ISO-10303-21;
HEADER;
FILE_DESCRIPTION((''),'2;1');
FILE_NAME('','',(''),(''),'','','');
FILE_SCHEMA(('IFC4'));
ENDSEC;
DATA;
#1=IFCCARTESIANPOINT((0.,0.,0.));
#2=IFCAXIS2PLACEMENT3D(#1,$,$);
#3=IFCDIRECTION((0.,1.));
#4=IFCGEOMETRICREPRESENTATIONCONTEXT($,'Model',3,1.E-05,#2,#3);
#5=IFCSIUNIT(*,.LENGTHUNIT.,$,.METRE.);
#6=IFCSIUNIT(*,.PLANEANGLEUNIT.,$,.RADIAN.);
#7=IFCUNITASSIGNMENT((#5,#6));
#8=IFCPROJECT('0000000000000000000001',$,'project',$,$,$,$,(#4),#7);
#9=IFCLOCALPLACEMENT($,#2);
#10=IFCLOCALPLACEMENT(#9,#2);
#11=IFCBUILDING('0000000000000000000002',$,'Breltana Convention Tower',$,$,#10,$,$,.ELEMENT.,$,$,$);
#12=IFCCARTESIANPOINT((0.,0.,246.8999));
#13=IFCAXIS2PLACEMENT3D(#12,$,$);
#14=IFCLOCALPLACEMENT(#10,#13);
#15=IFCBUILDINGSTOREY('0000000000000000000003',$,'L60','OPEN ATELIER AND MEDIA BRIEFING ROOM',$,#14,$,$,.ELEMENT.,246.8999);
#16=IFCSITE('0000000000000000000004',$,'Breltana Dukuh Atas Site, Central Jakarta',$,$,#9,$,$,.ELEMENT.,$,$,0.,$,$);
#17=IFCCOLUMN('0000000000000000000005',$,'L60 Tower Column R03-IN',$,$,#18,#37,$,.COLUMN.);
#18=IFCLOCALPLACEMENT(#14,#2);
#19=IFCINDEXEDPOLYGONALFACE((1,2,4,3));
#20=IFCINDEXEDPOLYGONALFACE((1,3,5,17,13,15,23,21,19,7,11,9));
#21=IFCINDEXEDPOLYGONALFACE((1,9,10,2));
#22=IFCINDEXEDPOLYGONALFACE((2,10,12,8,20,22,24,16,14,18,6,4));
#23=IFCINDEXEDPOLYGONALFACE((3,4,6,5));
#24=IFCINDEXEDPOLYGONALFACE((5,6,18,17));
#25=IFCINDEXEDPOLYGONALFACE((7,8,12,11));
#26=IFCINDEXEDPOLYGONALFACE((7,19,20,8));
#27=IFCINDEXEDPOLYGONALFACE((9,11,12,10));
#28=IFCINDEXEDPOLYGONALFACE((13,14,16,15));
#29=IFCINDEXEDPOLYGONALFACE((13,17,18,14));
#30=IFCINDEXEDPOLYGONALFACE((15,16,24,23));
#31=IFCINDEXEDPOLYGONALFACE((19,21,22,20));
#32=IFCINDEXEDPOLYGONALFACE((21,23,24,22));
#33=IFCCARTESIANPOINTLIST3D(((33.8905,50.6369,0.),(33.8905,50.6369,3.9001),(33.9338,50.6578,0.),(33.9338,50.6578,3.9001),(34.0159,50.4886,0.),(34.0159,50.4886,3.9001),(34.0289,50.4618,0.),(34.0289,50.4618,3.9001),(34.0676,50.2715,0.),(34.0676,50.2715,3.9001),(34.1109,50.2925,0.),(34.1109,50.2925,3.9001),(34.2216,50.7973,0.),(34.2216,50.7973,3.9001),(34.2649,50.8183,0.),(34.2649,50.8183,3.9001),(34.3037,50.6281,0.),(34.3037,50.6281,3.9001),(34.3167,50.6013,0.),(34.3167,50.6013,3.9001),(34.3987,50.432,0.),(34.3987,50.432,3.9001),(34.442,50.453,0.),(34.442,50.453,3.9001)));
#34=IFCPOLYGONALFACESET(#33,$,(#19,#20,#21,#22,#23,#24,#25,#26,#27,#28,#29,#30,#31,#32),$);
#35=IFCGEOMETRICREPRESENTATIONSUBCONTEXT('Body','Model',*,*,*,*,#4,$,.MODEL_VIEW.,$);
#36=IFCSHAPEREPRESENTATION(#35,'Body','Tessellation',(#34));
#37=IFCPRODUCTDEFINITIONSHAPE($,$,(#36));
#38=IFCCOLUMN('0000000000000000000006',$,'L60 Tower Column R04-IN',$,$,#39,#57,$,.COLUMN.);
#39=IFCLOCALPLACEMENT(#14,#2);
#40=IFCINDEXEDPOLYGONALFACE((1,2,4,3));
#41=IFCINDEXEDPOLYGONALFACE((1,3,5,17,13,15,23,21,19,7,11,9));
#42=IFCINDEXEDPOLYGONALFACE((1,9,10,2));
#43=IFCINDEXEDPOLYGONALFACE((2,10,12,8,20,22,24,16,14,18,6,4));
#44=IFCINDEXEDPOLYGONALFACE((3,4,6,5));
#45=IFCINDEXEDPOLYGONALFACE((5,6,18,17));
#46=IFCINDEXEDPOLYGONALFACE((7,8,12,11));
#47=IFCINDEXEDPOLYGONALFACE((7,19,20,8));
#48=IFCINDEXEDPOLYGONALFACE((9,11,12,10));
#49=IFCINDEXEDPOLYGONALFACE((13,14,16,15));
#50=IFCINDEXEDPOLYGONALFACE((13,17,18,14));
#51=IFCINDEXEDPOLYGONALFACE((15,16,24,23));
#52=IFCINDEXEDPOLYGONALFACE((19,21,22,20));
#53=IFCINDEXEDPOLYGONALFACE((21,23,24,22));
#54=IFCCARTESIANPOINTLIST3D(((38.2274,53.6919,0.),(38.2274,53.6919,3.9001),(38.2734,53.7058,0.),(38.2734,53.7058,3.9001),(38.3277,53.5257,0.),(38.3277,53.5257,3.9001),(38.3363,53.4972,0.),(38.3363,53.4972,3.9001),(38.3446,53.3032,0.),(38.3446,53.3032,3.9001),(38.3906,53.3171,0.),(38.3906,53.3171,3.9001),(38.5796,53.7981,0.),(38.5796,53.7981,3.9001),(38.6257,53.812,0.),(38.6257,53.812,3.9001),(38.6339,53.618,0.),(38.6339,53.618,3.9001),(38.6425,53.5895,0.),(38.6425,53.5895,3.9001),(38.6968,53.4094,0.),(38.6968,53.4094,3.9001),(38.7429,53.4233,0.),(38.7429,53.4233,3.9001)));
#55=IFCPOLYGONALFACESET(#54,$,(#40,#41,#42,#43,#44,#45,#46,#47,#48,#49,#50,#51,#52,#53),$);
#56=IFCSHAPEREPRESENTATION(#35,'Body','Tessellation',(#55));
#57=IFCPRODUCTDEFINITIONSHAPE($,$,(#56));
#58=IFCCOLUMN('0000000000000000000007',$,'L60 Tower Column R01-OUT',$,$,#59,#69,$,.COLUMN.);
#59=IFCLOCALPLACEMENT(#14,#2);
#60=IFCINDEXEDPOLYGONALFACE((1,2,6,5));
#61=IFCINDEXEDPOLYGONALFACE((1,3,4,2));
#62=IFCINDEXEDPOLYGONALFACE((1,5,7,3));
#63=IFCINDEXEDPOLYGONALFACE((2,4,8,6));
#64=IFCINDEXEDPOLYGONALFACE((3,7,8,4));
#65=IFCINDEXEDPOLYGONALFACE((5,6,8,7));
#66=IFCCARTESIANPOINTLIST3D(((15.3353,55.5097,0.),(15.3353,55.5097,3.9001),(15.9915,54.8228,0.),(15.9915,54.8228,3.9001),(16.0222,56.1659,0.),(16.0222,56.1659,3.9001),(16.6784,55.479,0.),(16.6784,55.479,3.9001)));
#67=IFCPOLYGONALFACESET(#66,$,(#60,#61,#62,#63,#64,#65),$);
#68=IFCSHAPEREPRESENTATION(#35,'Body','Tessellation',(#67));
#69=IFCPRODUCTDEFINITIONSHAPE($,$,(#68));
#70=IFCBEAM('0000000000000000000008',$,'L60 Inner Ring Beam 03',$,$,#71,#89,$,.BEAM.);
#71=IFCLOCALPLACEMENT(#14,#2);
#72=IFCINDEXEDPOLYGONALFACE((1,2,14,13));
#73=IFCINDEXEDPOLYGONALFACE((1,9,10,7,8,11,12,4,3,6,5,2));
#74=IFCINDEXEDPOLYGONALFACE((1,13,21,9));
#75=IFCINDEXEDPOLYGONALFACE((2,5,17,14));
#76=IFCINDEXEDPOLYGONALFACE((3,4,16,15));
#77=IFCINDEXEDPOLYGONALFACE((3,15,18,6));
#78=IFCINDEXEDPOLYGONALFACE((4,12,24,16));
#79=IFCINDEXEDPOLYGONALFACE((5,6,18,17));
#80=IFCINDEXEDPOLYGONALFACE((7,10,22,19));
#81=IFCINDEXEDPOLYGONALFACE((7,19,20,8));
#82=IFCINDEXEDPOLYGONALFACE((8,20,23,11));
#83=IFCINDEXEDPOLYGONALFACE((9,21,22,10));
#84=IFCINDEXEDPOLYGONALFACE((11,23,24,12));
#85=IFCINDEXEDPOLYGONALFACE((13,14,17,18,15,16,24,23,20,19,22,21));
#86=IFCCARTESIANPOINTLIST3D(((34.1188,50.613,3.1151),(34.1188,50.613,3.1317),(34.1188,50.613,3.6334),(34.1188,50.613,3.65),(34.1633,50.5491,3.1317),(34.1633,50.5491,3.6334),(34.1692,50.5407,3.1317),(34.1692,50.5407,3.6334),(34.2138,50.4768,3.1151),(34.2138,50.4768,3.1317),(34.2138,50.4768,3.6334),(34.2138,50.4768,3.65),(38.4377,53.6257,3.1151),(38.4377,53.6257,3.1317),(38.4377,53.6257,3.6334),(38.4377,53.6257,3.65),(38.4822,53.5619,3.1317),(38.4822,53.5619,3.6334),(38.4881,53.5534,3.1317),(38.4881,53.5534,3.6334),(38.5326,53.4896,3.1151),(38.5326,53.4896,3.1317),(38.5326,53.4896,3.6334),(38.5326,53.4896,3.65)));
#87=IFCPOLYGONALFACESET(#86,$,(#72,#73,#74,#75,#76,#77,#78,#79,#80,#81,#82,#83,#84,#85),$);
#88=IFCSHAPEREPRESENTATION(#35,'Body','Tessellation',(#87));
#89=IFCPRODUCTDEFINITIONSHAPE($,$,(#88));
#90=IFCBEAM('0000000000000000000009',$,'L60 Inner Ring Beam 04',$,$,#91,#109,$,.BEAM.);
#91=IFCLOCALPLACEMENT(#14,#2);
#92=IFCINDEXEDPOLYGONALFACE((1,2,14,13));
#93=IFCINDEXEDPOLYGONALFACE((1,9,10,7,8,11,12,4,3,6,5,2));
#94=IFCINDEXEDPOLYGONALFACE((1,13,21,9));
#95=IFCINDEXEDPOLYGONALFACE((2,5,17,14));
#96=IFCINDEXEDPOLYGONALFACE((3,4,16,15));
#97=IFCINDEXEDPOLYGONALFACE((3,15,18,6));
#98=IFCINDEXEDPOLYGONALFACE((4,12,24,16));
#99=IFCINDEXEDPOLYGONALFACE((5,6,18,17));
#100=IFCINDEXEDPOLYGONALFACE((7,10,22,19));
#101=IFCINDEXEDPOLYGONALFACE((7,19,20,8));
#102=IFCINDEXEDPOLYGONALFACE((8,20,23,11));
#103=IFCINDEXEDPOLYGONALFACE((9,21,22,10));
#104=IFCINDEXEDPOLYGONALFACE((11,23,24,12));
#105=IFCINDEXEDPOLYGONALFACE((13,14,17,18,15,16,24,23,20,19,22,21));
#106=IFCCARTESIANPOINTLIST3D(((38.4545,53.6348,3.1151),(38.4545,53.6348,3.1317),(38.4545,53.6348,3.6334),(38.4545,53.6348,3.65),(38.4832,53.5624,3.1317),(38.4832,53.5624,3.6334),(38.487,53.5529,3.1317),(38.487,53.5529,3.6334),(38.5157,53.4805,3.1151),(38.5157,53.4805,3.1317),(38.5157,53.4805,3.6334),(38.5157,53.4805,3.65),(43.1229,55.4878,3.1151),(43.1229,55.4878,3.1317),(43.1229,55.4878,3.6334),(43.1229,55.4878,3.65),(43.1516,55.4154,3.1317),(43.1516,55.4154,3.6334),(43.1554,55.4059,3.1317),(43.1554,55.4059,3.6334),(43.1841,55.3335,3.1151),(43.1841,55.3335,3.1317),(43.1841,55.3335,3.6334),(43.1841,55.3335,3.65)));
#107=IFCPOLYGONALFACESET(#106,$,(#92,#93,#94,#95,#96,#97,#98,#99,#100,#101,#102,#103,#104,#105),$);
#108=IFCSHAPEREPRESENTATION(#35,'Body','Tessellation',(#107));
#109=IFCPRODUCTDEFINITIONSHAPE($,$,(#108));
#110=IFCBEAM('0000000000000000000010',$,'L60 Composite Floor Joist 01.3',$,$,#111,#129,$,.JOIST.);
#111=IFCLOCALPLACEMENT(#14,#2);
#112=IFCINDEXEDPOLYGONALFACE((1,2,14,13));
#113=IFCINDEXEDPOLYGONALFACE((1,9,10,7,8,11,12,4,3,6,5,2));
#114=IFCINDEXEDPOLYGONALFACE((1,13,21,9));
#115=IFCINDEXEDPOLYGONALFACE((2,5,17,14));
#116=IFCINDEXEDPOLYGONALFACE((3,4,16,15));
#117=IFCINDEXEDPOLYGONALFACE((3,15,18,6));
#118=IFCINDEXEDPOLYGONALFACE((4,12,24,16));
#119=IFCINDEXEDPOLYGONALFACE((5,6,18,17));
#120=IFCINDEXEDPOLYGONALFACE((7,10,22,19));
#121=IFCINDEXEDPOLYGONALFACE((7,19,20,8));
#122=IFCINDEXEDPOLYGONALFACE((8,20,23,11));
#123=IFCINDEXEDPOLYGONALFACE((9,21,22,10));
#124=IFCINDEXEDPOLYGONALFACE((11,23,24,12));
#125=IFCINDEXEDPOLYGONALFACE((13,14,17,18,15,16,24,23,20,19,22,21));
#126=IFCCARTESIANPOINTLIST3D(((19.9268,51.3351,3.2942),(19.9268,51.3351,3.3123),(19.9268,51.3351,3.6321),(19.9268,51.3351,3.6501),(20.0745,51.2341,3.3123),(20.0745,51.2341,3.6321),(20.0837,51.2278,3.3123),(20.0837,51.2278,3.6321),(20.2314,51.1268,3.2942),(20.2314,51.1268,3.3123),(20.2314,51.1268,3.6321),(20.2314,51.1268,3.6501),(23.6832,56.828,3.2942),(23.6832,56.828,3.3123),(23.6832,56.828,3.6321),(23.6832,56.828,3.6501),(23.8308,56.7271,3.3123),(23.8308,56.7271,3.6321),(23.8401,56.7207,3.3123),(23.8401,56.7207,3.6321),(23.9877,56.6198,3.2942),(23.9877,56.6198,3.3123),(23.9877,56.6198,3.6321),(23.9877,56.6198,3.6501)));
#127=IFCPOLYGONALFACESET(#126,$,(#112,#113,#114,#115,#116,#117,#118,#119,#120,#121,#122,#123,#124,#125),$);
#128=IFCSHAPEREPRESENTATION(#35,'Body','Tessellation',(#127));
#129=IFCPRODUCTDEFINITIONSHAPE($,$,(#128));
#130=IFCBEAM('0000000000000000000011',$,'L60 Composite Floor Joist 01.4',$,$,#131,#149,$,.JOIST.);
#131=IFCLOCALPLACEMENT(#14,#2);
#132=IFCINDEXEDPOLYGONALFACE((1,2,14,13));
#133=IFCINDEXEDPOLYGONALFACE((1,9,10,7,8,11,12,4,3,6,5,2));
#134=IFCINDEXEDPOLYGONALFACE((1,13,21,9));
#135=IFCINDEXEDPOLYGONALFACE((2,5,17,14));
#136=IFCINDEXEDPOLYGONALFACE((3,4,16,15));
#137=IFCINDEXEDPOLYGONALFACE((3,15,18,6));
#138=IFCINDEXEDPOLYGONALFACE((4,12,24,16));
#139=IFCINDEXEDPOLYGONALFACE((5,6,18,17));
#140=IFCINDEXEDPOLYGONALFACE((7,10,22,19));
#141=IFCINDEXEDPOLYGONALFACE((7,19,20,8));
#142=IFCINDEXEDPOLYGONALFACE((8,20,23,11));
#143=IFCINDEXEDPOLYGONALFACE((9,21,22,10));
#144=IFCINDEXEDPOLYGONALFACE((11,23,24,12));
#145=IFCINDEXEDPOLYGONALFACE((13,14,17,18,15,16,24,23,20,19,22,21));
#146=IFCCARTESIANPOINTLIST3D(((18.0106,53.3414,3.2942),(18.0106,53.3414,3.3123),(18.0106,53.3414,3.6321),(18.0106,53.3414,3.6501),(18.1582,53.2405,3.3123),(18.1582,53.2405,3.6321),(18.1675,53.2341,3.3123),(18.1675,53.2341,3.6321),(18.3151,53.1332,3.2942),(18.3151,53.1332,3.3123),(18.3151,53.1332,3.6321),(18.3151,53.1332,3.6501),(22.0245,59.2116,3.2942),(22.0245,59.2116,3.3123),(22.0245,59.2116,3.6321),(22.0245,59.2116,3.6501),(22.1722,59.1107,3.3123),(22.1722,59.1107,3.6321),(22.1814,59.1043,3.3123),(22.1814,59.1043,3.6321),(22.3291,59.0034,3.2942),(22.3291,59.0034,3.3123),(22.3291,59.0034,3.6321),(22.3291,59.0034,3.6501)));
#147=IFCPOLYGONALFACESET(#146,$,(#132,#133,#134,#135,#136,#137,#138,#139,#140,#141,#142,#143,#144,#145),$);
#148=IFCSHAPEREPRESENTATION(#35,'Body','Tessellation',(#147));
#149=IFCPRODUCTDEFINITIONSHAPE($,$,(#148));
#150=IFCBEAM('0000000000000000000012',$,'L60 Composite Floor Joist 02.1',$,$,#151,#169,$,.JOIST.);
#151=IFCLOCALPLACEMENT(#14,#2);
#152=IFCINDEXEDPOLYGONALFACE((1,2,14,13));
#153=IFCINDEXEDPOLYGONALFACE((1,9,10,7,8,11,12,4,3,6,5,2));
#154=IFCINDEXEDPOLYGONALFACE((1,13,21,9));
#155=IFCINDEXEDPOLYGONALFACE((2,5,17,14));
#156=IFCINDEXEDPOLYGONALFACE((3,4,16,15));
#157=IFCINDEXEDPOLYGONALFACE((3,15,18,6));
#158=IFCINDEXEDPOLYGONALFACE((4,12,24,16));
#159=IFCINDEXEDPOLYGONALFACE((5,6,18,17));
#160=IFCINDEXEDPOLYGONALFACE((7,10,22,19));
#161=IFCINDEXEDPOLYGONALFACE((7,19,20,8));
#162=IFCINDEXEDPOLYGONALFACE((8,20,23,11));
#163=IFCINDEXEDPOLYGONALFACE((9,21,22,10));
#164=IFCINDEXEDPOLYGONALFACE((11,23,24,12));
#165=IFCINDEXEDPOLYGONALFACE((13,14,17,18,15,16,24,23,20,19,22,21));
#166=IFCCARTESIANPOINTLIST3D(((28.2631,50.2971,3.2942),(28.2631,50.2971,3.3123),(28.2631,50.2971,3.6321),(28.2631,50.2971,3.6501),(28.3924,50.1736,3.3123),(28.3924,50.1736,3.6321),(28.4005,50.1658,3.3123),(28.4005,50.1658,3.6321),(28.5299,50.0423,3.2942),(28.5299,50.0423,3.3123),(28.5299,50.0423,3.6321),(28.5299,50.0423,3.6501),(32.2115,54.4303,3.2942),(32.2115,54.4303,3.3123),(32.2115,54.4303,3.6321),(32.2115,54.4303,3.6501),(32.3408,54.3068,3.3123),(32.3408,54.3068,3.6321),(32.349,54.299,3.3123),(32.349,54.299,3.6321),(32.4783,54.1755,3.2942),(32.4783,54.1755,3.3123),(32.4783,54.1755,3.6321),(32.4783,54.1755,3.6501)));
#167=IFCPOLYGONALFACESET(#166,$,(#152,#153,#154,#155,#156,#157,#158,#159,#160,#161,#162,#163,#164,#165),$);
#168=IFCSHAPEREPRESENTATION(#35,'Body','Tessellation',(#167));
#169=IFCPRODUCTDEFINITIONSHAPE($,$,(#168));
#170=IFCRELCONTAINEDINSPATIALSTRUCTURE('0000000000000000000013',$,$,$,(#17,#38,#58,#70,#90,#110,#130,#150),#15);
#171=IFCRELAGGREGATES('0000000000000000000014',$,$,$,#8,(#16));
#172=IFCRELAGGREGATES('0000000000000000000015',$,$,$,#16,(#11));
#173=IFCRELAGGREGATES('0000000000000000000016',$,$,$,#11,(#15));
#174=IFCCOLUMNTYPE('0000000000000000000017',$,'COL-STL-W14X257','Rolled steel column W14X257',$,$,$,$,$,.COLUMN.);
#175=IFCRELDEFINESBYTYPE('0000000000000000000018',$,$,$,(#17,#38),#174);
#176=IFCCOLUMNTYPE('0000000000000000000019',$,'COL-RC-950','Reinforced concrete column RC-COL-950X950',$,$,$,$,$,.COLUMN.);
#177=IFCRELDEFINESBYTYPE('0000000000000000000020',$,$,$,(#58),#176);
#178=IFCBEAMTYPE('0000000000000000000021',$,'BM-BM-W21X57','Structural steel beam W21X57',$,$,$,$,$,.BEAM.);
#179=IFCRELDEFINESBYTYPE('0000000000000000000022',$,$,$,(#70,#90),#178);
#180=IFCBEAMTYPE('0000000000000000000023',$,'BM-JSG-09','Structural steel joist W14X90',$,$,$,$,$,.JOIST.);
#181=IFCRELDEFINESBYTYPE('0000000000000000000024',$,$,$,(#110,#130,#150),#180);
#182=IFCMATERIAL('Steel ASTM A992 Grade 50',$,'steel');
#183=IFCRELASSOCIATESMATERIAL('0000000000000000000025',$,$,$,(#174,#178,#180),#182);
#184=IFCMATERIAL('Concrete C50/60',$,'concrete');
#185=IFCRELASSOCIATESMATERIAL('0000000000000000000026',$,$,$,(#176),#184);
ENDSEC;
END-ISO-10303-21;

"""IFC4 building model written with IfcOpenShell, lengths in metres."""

from ifc_helpers import new_model, si_unit, direction, frame, origin, origin_2d, place, context, subcontext, project, spatial, rectangle, i_section, extrude, source, transform, mapped, material, material_profile, profile_set, type_object, element, save


model = new_model("IFC4")

# Units and contexts
model_context = context("Model", 3, precision=1e-05, world=origin(), true_north=direction((0.0, 1.0)))
body_context = subcontext(model_context, "Body", "Model", "MODEL_VIEW")
ifc_project = project(units=[si_unit("LENGTHUNIT", "METRE"), si_unit("PLANEANGLEUNIT", "RADIAN")], contexts=[model_context])

# Site, building, storey
site_placement = place(None, origin())
site = spatial("IfcSite", under=ifc_project, at=site_placement, Name="Breltana Dukuh Atas Site, Central Jakarta", CompositionType="ELEMENT", RefElevation=0.0)
building_placement = place(site_placement, origin())
building = spatial("IfcBuilding", under=site, at=building_placement, Name="Breltana Convention Tower", CompositionType="ELEMENT")
storey_placement = place(building_placement, frame((0.0, 0.0, 246.8999)))
storey = spatial("IfcBuildingStorey", under=building, at=storey_placement, Name="L60", Description="OPEN ATELIER AND MEDIA BRIEFING ROOM", CompositionType="ELEMENT", Elevation=246.8999)

# Columns
ifc_material_1 = material(Name="Steel ASTM A992 Grade 50", Category="steel")
ifc_material_profile_1 = material_profile(ifc_material_1, i_section(OverallWidth=0.406, OverallDepth=0.416, WebThickness=0.0298, FlangeThickness=0.0481, at=origin_2d()), Name="W14X257")
ifc_profile_set_1 = profile_set([ifc_material_profile_1], Name="Steel ASTM A992 Grade 50")
column_type_1 = type_object("IfcColumnType", Name="COL-STL-W14X257", Description="Rolled steel column W14X257", PredefinedType="COLUMN", material=ifc_profile_set_1)
shared_shape_1 = source(origin(), body_context, "Body", "SweptSolid", [
    extrude(i_section(OverallWidth=0.406, OverallDepth=0.416, WebThickness=0.0298, FlangeThickness=0.0481, at=origin_2d()), origin(), (0.0, 0.0, 1.0), 3.9001),
])
for number, where, z_axis, x_axis, name in (
    (1, (34.1663, 50.5449, 0.0), (0.0, 0.0, 1.0), (-0.436174, 0.899863, 0.0), "L60 Tower Column R03-IN"),
    (2, (38.4851, 53.5576, 0.0), (0.0, 0.0, 1.0), (-0.288698, 0.95742, 0.0), "L60 Tower Column R04-IN"),
):
    element("IfcColumn", number, at=place(storey_placement, frame(where, z_axis=z_axis, x_axis=x_axis)), inside=storey, type_object=column_type_1, Name=name, PredefinedType="COLUMN", context=body_context, shape_type="MappedRepresentation", body=[
        mapped(shared_shape_1, transform((0.0, 0.0, 0.0), scale=1.0)),
    ])
ifc_material_2 = material(Name="Concrete C50/60", Category="concrete")
ifc_material_profile_2 = material_profile(ifc_material_2, rectangle(XDim=0.95, YDim=0.95, at=origin_2d()), Name="RC-COL-950X950")
ifc_profile_set_2 = profile_set([ifc_material_profile_2], Name="Concrete C50/60")
column_type_2 = type_object("IfcColumnType", Name="COL-RC-950", Description="Reinforced concrete column RC-COL-950X950", PredefinedType="COLUMN", material=ifc_profile_set_2)
shared_shape_2 = source(origin(), body_context, "Body", "SweptSolid", [
    extrude(rectangle(XDim=0.95, YDim=0.95, at=origin_2d()), origin(), (0.0, 0.0, 1.0), 3.9001),
])
column_placement = place(storey_placement, frame((16.0068, 55.4944, 0.0), z_axis=(0.0, 0.0, 1.0), x_axis=(-0.690756, 0.723088, 0.0)))
element("IfcColumn", 3, at=column_placement, inside=storey, type_object=column_type_2, Name="L60 Tower Column R01-OUT", PredefinedType="COLUMN", context=body_context, shape_type="MappedRepresentation", body=[
    mapped(shared_shape_2, transform((0.0, 0.0, 0.0), scale=1.0)),
])

# Beams
ifc_material_profile_3 = material_profile(ifc_material_1, i_section(OverallWidth=0.166, OverallDepth=0.5349, WebThickness=0.0103, FlangeThickness=0.0166, at=origin_2d()), Name="W21X57")
ifc_profile_set_3 = profile_set([ifc_material_profile_3], Name="Steel ASTM A992 Grade 50")
beam_type_1 = type_object("IfcBeamType", Name="BM-BM-W21X57", Description="Structural steel beam W21X57", PredefinedType="BEAM", material=ifc_profile_set_3)
shared_shape_3 = source(origin(), body_context, "Body", "SweptSolid", [
    extrude(i_section(OverallWidth=0.166, OverallDepth=0.5349, WebThickness=0.0103, FlangeThickness=0.0166, at=origin_2d()), origin(), (0.0, 0.0, 1.0), 5.2659),
])
beam_1_placement = place(storey_placement, frame((34.1663, 50.5449, 3.3826), z_axis=(0.820167, 0.572124, 0.0), x_axis=(-0.572124, 0.820167, 0.0)))
element("IfcBeam", 4, at=beam_1_placement, inside=storey, type_object=beam_type_1, Name="L60 Inner Ring Beam 03", PredefinedType="BEAM", context=body_context, shape_type="MappedRepresentation", body=[
    mapped(shared_shape_3, transform((0.0, 0.0, 0.0), scale=1.0)),
])
shared_shape_4 = source(origin(), body_context, "Body", "SweptSolid", [
    extrude(i_section(OverallWidth=0.166, OverallDepth=0.5349, WebThickness=0.0103, FlangeThickness=0.0166, at=origin_2d()), origin(), (0.0, 0.0, 1.0), 5.0227),
])
beam_2_placement = place(storey_placement, frame((38.4851, 53.5576, 3.3826), z_axis=(0.929459, 0.368926, 0.0), x_axis=(-0.368926, 0.929459, 0.0)))
element("IfcBeam", 5, at=beam_2_placement, inside=storey, type_object=beam_type_1, Name="L60 Inner Ring Beam 04", PredefinedType="BEAM", context=body_context, shape_type="MappedRepresentation", body=[
    mapped(shared_shape_4, transform((0.0, 0.0, 0.0), scale=1.0)),
])
ifc_material_profile_4 = material_profile(ifc_material_1, i_section(OverallWidth=0.3689, OverallDepth=0.356, WebThickness=0.0112, FlangeThickness=0.0181, at=origin_2d()), Name="W14X90")
ifc_profile_set_4 = profile_set([ifc_material_profile_4], Name="Steel ASTM A992 Grade 50")
beam_type_2 = type_object("IfcBeamType", Name="BM-JSG-09", Description="Structural steel joist W14X90", PredefinedType="JOIST", material=ifc_profile_set_4)
shared_shape_5 = source(origin(), body_context, "Body", "SweptSolid", [
    extrude(i_section(OverallWidth=0.3689, OverallDepth=0.356, WebThickness=0.0112, FlangeThickness=0.0181, at=origin_2d()), origin(), (0.0, 0.0, 1.0), 6.6545),
])
beam_3_placement = place(storey_placement, frame((20.0791, 51.231, 3.4722), z_axis=(0.564483, 0.825445, 0.0), x_axis=(-0.825445, 0.564483, 0.0)))
element("IfcBeam", 6, at=beam_3_placement, inside=storey, type_object=beam_type_2, Name="L60 Composite Floor Joist 01.3", PredefinedType="JOIST", context=body_context, shape_type="MappedRepresentation", body=[
    mapped(shared_shape_5, transform((0.0, 0.0, 0.0), scale=1.0)),
])
shared_shape_6 = source(origin(), body_context, "Body", "SweptSolid", [
    extrude(i_section(OverallWidth=0.3689, OverallDepth=0.356, WebThickness=0.0112, FlangeThickness=0.0181, at=origin_2d()), origin(), (0.0, 0.0, 1.0), 7.1113),
])
beam_4_placement = place(storey_placement, frame((18.1628, 53.2373, 3.4722), z_axis=(0.564446, 0.82547, 0.0), x_axis=(-0.82547, 0.564446, 0.0)))
element("IfcBeam", 7, at=beam_4_placement, inside=storey, type_object=beam_type_2, Name="L60 Composite Floor Joist 01.4", PredefinedType="JOIST", context=body_context, shape_type="MappedRepresentation", body=[
    mapped(shared_shape_6, transform((0.0, 0.0, 0.0), scale=1.0)),
])
shared_shape_7 = source(origin(), body_context, "Body", "SweptSolid", [
    extrude(i_section(OverallWidth=0.3689, OverallDepth=0.356, WebThickness=0.0112, FlangeThickness=0.0181, at=origin_2d()), origin(), (0.0, 0.0, 1.0), 5.7161),
])
beam_5_placement = place(storey_placement, frame((28.3965, 50.1697, 3.4722), z_axis=(0.690756, 0.723088, 0.0), x_axis=(-0.723088, 0.690756, 0.0)))
element("IfcBeam", 8, at=beam_5_placement, inside=storey, type_object=beam_type_2, Name="L60 Composite Floor Joist 02.1", PredefinedType="JOIST", context=body_context, shape_type="MappedRepresentation", body=[
    mapped(shared_shape_7, transform((0.0, 0.0, 0.0), scale=1.0)),
])

save(model, "model.ifc")
